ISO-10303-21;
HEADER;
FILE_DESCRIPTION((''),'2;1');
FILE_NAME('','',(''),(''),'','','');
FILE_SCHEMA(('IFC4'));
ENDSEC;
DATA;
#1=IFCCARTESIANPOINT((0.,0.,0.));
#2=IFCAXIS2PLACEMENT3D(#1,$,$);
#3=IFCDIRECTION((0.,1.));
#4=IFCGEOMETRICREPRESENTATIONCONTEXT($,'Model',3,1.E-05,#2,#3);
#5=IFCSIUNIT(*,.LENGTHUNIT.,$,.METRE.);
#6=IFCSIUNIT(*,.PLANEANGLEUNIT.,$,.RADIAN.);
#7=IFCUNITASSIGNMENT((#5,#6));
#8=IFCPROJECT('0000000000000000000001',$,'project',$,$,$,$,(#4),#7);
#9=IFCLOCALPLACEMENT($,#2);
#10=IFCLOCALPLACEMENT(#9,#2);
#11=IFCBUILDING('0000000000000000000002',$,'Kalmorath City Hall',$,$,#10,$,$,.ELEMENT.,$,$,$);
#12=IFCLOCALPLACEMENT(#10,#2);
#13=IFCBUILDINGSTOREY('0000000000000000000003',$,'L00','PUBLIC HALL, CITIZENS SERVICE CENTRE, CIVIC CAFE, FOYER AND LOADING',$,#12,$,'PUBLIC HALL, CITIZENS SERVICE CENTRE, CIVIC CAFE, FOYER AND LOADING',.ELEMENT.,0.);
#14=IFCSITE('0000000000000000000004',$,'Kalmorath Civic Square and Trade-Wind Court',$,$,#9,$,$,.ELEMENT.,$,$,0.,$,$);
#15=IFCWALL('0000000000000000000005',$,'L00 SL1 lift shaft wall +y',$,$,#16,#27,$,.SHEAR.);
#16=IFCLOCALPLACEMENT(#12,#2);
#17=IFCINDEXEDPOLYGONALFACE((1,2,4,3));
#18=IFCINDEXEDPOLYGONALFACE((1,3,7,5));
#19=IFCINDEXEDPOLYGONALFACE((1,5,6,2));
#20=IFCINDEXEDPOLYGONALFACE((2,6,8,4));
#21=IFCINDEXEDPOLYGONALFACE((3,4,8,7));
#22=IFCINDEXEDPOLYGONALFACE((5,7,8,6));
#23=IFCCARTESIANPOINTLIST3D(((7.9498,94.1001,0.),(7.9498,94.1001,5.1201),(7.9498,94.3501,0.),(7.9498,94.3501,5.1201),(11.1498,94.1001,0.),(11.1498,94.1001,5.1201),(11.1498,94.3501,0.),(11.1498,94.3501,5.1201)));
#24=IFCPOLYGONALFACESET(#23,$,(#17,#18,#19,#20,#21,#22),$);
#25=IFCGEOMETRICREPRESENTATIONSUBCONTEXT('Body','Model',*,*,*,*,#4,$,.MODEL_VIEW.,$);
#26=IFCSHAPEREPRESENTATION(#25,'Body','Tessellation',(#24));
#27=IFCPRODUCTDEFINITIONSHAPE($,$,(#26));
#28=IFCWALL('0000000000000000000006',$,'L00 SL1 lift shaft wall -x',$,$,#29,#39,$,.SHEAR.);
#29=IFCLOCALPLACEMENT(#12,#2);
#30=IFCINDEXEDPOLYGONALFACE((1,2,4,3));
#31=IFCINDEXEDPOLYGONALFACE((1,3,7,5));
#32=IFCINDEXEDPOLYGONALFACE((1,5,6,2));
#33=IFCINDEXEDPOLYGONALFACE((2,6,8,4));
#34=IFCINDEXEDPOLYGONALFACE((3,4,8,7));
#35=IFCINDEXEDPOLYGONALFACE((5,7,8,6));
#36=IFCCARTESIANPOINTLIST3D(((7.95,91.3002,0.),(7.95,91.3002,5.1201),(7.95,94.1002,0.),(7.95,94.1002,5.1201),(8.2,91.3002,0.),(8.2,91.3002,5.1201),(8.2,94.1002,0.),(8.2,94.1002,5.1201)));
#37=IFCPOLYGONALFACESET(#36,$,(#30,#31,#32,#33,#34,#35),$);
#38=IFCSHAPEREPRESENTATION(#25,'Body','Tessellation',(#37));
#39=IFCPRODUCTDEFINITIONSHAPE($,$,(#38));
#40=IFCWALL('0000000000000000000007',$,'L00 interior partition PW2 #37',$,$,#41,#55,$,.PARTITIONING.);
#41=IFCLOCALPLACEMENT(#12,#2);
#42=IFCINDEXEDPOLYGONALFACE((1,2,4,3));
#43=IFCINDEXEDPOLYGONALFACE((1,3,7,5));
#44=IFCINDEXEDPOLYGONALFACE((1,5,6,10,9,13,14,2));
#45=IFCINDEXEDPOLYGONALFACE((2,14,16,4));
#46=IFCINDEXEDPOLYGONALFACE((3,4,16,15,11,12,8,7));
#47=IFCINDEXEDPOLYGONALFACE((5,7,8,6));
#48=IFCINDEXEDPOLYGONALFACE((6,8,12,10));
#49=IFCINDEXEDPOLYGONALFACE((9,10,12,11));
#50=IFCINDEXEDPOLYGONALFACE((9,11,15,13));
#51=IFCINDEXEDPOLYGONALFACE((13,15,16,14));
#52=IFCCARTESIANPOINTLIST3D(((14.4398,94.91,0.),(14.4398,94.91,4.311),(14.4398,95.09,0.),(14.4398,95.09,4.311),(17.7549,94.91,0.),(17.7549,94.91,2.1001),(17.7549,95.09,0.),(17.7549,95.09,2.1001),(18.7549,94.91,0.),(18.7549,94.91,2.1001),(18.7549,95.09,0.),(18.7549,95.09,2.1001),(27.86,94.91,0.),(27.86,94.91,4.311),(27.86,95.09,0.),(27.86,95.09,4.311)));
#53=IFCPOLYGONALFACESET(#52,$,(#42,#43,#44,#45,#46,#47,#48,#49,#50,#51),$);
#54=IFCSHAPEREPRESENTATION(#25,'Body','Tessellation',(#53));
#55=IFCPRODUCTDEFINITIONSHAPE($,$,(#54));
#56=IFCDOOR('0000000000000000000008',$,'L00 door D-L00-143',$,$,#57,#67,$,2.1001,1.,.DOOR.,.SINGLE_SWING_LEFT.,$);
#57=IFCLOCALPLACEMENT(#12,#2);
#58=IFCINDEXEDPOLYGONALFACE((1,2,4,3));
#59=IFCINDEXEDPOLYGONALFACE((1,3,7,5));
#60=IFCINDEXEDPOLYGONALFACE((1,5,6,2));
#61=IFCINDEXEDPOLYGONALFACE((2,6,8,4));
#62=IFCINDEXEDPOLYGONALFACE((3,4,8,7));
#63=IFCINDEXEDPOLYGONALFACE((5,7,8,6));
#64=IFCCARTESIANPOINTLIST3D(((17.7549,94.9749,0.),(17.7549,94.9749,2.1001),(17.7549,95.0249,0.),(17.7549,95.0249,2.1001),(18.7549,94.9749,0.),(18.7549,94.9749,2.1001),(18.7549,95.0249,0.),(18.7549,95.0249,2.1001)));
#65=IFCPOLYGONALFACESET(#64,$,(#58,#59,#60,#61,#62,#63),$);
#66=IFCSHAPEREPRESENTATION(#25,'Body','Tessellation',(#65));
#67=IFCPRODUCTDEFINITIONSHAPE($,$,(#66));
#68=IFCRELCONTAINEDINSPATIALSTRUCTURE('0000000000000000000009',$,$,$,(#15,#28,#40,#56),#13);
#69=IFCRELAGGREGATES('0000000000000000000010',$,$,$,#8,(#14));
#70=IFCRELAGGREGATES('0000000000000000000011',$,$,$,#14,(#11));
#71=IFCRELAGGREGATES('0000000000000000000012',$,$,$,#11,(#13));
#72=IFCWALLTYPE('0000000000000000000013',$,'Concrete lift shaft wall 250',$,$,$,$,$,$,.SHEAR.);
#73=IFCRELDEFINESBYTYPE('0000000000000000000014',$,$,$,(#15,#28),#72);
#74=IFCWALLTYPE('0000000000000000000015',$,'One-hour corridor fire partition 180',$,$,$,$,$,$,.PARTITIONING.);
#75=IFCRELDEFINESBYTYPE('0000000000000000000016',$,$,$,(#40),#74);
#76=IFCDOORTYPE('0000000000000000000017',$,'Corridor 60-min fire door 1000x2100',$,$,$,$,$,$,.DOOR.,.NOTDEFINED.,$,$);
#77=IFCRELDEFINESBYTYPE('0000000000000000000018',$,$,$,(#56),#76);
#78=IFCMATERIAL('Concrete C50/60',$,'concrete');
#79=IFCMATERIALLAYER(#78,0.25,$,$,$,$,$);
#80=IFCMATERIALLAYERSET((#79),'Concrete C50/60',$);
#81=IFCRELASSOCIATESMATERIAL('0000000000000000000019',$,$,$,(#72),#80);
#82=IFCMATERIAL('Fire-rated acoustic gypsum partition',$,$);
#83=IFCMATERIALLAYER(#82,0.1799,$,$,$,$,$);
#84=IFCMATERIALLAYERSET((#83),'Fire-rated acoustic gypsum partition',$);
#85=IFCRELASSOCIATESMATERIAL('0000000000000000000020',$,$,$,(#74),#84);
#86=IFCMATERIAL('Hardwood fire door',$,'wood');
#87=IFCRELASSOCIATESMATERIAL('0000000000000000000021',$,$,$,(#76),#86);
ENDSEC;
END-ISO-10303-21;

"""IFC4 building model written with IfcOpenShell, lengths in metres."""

from ifc_helpers import new_model, si_unit, direction, frame, frame_2d, origin, place, context, subcontext, project, spatial, rectangle, extrude, material, layer, layer_set, type_object, element, fill, save


model = new_model("IFC4")

# Units and contexts
model_context = context("Model", 3, precision=1e-05, world=origin(), true_north=direction((0.0, 1.0)))
body_context = subcontext(model_context, "Body", "Model", "MODEL_VIEW")
ifc_project = project(units=[si_unit("LENGTHUNIT", "METRE"), si_unit("PLANEANGLEUNIT", "RADIAN")], contexts=[model_context])

# Site, building, storey
site_placement = place(None, origin())
site = spatial("IfcSite", under=ifc_project, at=site_placement, Name="Kalmorath Civic Square and Trade-Wind Court", CompositionType="ELEMENT", RefElevation=0.0)
building_placement = place(site_placement, origin())
building = spatial("IfcBuilding", under=site, at=building_placement, Name="Kalmorath City Hall", CompositionType="ELEMENT")
storey_placement = place(building_placement, origin())
storey = spatial("IfcBuildingStorey", under=building, at=storey_placement, Name="L00", Description="PUBLIC HALL, CITIZENS SERVICE CENTRE, CIVIC CAFE, FOYER AND LOADING", LongName="PUBLIC HALL, CITIZENS SERVICE CENTRE, CIVIC CAFE, FOYER AND LOADING", CompositionType="ELEMENT", Elevation=0.0)

# Walls
ifc_material_1 = material(Name="Concrete C50/60", Category="concrete")
ifc_layer_1 = layer(ifc_material_1, 0.25)
ifc_layer_set_1 = layer_set([ifc_layer_1], Name="Concrete C50/60")
wall_type_1 = type_object("IfcWallType", Name="Concrete lift shaft wall 250", PredefinedType="SHEAR", material=ifc_layer_set_1)
wall_1_placement = place(storey_placement, frame((11.1499, 94.2251, 0.0), z_axis=(0.0, 0.0, 1.0), x_axis=(-1.0, 0.0, 0.0)))
element("IfcWall", 1, at=wall_1_placement, inside=storey, type_object=wall_type_1, Name="L00 SL1 lift shaft wall +y", PredefinedType="SHEAR", context=body_context, shape_type="SweptSolid", body=[
    extrude(rectangle(XDim=3.2, YDim=0.25, at=frame_2d((1.6001, 0.0))), origin(), (0.0, 0.0, 1.0), 5.1201),
])
wall_2_placement = place(storey_placement, frame((8.075, 94.1001, 0.0), z_axis=(0.0, 0.0, 1.0), x_axis=(0.0, -1.0, 0.0)))
element("IfcWall", 2, at=wall_2_placement, inside=storey, type_object=wall_type_1, Name="L00 SL1 lift shaft wall -x", PredefinedType="SHEAR", context=body_context, shape_type="SweptSolid", body=[
    extrude(rectangle(XDim=2.8, YDim=0.25, at=frame_2d((1.3999, 0.0))), origin(), (0.0, 0.0, 1.0), 5.1201),
])

# Wall, opening, door
ifc_material_2 = material(Name="Fire-rated acoustic gypsum partition")
ifc_layer_2 = layer(ifc_material_2, 0.1799)
ifc_layer_set_2 = layer_set([ifc_layer_2], Name="Fire-rated acoustic gypsum partition")
wall_type_2 = type_object("IfcWallType", Name="One-hour corridor fire partition 180", PredefinedType="PARTITIONING", material=ifc_layer_set_2)
wall_3_placement = place(storey_placement, frame((14.4399, 95.0, 0.0), z_axis=(0.0, 0.0, 1.0), x_axis=(1.0, 0.0, 0.0)))
wall_3 = element("IfcWall", 3, at=wall_3_placement, inside=storey, type_object=wall_type_2, Name="L00 interior partition PW2 #37", PredefinedType="PARTITIONING", context=body_context, shape_type="SweptSolid", body=[
    extrude(rectangle(XDim=13.4202, YDim=0.1799, at=frame_2d((6.71, 0.0))), origin(), (0.0, 0.0, 1.0), 4.311),
])
opening_placement = place(wall_3_placement, frame((3.3149, 0.0, 0.0)))
opening = element("IfcOpeningElement", 4, at=opening_placement, cuts=wall_3, PredefinedType="OPENING", context=body_context, shape_type="SweptSolid", body=[
    extrude(rectangle(XDim=1.0, YDim=2.1001, at=frame_2d((0.5, 1.05))), frame((0.0, 0.0999, 0.0), z_axis=(0.0, -1.0, 0.0), x_axis=(1.0, 0.0, 0.0)), (0.0, 0.0, 1.0), 0.2),
])
ifc_material_3 = material(Name="Hardwood fire door", Category="wood")
door_type = type_object("IfcDoorType", Name="Corridor 60-min fire door 1000x2100", OperationType="NOTDEFINED", PredefinedType="DOOR", material=ifc_material_3)
door_placement = place(opening_placement, origin())
door = element("IfcDoor", 5, at=door_placement, inside=storey, type_object=door_type, Name="L00 door D-L00-143", OperationType="SINGLE_SWING_LEFT", OverallHeight=2.1001, OverallWidth=1.0, PredefinedType="DOOR", context=body_context, shape_type="SweptSolid", body=[
    extrude(rectangle(XDim=1.0, YDim=2.1001, at=frame_2d((0.5, 1.05))), frame((0.0, 0.0249, 0.0), z_axis=(0.0, -1.0, 0.0), x_axis=(1.0, 0.0, 0.0)), (0.0, 0.0, 1.0), 0.05),
])
fill(opening, door)

save(model, "model.ifc")
